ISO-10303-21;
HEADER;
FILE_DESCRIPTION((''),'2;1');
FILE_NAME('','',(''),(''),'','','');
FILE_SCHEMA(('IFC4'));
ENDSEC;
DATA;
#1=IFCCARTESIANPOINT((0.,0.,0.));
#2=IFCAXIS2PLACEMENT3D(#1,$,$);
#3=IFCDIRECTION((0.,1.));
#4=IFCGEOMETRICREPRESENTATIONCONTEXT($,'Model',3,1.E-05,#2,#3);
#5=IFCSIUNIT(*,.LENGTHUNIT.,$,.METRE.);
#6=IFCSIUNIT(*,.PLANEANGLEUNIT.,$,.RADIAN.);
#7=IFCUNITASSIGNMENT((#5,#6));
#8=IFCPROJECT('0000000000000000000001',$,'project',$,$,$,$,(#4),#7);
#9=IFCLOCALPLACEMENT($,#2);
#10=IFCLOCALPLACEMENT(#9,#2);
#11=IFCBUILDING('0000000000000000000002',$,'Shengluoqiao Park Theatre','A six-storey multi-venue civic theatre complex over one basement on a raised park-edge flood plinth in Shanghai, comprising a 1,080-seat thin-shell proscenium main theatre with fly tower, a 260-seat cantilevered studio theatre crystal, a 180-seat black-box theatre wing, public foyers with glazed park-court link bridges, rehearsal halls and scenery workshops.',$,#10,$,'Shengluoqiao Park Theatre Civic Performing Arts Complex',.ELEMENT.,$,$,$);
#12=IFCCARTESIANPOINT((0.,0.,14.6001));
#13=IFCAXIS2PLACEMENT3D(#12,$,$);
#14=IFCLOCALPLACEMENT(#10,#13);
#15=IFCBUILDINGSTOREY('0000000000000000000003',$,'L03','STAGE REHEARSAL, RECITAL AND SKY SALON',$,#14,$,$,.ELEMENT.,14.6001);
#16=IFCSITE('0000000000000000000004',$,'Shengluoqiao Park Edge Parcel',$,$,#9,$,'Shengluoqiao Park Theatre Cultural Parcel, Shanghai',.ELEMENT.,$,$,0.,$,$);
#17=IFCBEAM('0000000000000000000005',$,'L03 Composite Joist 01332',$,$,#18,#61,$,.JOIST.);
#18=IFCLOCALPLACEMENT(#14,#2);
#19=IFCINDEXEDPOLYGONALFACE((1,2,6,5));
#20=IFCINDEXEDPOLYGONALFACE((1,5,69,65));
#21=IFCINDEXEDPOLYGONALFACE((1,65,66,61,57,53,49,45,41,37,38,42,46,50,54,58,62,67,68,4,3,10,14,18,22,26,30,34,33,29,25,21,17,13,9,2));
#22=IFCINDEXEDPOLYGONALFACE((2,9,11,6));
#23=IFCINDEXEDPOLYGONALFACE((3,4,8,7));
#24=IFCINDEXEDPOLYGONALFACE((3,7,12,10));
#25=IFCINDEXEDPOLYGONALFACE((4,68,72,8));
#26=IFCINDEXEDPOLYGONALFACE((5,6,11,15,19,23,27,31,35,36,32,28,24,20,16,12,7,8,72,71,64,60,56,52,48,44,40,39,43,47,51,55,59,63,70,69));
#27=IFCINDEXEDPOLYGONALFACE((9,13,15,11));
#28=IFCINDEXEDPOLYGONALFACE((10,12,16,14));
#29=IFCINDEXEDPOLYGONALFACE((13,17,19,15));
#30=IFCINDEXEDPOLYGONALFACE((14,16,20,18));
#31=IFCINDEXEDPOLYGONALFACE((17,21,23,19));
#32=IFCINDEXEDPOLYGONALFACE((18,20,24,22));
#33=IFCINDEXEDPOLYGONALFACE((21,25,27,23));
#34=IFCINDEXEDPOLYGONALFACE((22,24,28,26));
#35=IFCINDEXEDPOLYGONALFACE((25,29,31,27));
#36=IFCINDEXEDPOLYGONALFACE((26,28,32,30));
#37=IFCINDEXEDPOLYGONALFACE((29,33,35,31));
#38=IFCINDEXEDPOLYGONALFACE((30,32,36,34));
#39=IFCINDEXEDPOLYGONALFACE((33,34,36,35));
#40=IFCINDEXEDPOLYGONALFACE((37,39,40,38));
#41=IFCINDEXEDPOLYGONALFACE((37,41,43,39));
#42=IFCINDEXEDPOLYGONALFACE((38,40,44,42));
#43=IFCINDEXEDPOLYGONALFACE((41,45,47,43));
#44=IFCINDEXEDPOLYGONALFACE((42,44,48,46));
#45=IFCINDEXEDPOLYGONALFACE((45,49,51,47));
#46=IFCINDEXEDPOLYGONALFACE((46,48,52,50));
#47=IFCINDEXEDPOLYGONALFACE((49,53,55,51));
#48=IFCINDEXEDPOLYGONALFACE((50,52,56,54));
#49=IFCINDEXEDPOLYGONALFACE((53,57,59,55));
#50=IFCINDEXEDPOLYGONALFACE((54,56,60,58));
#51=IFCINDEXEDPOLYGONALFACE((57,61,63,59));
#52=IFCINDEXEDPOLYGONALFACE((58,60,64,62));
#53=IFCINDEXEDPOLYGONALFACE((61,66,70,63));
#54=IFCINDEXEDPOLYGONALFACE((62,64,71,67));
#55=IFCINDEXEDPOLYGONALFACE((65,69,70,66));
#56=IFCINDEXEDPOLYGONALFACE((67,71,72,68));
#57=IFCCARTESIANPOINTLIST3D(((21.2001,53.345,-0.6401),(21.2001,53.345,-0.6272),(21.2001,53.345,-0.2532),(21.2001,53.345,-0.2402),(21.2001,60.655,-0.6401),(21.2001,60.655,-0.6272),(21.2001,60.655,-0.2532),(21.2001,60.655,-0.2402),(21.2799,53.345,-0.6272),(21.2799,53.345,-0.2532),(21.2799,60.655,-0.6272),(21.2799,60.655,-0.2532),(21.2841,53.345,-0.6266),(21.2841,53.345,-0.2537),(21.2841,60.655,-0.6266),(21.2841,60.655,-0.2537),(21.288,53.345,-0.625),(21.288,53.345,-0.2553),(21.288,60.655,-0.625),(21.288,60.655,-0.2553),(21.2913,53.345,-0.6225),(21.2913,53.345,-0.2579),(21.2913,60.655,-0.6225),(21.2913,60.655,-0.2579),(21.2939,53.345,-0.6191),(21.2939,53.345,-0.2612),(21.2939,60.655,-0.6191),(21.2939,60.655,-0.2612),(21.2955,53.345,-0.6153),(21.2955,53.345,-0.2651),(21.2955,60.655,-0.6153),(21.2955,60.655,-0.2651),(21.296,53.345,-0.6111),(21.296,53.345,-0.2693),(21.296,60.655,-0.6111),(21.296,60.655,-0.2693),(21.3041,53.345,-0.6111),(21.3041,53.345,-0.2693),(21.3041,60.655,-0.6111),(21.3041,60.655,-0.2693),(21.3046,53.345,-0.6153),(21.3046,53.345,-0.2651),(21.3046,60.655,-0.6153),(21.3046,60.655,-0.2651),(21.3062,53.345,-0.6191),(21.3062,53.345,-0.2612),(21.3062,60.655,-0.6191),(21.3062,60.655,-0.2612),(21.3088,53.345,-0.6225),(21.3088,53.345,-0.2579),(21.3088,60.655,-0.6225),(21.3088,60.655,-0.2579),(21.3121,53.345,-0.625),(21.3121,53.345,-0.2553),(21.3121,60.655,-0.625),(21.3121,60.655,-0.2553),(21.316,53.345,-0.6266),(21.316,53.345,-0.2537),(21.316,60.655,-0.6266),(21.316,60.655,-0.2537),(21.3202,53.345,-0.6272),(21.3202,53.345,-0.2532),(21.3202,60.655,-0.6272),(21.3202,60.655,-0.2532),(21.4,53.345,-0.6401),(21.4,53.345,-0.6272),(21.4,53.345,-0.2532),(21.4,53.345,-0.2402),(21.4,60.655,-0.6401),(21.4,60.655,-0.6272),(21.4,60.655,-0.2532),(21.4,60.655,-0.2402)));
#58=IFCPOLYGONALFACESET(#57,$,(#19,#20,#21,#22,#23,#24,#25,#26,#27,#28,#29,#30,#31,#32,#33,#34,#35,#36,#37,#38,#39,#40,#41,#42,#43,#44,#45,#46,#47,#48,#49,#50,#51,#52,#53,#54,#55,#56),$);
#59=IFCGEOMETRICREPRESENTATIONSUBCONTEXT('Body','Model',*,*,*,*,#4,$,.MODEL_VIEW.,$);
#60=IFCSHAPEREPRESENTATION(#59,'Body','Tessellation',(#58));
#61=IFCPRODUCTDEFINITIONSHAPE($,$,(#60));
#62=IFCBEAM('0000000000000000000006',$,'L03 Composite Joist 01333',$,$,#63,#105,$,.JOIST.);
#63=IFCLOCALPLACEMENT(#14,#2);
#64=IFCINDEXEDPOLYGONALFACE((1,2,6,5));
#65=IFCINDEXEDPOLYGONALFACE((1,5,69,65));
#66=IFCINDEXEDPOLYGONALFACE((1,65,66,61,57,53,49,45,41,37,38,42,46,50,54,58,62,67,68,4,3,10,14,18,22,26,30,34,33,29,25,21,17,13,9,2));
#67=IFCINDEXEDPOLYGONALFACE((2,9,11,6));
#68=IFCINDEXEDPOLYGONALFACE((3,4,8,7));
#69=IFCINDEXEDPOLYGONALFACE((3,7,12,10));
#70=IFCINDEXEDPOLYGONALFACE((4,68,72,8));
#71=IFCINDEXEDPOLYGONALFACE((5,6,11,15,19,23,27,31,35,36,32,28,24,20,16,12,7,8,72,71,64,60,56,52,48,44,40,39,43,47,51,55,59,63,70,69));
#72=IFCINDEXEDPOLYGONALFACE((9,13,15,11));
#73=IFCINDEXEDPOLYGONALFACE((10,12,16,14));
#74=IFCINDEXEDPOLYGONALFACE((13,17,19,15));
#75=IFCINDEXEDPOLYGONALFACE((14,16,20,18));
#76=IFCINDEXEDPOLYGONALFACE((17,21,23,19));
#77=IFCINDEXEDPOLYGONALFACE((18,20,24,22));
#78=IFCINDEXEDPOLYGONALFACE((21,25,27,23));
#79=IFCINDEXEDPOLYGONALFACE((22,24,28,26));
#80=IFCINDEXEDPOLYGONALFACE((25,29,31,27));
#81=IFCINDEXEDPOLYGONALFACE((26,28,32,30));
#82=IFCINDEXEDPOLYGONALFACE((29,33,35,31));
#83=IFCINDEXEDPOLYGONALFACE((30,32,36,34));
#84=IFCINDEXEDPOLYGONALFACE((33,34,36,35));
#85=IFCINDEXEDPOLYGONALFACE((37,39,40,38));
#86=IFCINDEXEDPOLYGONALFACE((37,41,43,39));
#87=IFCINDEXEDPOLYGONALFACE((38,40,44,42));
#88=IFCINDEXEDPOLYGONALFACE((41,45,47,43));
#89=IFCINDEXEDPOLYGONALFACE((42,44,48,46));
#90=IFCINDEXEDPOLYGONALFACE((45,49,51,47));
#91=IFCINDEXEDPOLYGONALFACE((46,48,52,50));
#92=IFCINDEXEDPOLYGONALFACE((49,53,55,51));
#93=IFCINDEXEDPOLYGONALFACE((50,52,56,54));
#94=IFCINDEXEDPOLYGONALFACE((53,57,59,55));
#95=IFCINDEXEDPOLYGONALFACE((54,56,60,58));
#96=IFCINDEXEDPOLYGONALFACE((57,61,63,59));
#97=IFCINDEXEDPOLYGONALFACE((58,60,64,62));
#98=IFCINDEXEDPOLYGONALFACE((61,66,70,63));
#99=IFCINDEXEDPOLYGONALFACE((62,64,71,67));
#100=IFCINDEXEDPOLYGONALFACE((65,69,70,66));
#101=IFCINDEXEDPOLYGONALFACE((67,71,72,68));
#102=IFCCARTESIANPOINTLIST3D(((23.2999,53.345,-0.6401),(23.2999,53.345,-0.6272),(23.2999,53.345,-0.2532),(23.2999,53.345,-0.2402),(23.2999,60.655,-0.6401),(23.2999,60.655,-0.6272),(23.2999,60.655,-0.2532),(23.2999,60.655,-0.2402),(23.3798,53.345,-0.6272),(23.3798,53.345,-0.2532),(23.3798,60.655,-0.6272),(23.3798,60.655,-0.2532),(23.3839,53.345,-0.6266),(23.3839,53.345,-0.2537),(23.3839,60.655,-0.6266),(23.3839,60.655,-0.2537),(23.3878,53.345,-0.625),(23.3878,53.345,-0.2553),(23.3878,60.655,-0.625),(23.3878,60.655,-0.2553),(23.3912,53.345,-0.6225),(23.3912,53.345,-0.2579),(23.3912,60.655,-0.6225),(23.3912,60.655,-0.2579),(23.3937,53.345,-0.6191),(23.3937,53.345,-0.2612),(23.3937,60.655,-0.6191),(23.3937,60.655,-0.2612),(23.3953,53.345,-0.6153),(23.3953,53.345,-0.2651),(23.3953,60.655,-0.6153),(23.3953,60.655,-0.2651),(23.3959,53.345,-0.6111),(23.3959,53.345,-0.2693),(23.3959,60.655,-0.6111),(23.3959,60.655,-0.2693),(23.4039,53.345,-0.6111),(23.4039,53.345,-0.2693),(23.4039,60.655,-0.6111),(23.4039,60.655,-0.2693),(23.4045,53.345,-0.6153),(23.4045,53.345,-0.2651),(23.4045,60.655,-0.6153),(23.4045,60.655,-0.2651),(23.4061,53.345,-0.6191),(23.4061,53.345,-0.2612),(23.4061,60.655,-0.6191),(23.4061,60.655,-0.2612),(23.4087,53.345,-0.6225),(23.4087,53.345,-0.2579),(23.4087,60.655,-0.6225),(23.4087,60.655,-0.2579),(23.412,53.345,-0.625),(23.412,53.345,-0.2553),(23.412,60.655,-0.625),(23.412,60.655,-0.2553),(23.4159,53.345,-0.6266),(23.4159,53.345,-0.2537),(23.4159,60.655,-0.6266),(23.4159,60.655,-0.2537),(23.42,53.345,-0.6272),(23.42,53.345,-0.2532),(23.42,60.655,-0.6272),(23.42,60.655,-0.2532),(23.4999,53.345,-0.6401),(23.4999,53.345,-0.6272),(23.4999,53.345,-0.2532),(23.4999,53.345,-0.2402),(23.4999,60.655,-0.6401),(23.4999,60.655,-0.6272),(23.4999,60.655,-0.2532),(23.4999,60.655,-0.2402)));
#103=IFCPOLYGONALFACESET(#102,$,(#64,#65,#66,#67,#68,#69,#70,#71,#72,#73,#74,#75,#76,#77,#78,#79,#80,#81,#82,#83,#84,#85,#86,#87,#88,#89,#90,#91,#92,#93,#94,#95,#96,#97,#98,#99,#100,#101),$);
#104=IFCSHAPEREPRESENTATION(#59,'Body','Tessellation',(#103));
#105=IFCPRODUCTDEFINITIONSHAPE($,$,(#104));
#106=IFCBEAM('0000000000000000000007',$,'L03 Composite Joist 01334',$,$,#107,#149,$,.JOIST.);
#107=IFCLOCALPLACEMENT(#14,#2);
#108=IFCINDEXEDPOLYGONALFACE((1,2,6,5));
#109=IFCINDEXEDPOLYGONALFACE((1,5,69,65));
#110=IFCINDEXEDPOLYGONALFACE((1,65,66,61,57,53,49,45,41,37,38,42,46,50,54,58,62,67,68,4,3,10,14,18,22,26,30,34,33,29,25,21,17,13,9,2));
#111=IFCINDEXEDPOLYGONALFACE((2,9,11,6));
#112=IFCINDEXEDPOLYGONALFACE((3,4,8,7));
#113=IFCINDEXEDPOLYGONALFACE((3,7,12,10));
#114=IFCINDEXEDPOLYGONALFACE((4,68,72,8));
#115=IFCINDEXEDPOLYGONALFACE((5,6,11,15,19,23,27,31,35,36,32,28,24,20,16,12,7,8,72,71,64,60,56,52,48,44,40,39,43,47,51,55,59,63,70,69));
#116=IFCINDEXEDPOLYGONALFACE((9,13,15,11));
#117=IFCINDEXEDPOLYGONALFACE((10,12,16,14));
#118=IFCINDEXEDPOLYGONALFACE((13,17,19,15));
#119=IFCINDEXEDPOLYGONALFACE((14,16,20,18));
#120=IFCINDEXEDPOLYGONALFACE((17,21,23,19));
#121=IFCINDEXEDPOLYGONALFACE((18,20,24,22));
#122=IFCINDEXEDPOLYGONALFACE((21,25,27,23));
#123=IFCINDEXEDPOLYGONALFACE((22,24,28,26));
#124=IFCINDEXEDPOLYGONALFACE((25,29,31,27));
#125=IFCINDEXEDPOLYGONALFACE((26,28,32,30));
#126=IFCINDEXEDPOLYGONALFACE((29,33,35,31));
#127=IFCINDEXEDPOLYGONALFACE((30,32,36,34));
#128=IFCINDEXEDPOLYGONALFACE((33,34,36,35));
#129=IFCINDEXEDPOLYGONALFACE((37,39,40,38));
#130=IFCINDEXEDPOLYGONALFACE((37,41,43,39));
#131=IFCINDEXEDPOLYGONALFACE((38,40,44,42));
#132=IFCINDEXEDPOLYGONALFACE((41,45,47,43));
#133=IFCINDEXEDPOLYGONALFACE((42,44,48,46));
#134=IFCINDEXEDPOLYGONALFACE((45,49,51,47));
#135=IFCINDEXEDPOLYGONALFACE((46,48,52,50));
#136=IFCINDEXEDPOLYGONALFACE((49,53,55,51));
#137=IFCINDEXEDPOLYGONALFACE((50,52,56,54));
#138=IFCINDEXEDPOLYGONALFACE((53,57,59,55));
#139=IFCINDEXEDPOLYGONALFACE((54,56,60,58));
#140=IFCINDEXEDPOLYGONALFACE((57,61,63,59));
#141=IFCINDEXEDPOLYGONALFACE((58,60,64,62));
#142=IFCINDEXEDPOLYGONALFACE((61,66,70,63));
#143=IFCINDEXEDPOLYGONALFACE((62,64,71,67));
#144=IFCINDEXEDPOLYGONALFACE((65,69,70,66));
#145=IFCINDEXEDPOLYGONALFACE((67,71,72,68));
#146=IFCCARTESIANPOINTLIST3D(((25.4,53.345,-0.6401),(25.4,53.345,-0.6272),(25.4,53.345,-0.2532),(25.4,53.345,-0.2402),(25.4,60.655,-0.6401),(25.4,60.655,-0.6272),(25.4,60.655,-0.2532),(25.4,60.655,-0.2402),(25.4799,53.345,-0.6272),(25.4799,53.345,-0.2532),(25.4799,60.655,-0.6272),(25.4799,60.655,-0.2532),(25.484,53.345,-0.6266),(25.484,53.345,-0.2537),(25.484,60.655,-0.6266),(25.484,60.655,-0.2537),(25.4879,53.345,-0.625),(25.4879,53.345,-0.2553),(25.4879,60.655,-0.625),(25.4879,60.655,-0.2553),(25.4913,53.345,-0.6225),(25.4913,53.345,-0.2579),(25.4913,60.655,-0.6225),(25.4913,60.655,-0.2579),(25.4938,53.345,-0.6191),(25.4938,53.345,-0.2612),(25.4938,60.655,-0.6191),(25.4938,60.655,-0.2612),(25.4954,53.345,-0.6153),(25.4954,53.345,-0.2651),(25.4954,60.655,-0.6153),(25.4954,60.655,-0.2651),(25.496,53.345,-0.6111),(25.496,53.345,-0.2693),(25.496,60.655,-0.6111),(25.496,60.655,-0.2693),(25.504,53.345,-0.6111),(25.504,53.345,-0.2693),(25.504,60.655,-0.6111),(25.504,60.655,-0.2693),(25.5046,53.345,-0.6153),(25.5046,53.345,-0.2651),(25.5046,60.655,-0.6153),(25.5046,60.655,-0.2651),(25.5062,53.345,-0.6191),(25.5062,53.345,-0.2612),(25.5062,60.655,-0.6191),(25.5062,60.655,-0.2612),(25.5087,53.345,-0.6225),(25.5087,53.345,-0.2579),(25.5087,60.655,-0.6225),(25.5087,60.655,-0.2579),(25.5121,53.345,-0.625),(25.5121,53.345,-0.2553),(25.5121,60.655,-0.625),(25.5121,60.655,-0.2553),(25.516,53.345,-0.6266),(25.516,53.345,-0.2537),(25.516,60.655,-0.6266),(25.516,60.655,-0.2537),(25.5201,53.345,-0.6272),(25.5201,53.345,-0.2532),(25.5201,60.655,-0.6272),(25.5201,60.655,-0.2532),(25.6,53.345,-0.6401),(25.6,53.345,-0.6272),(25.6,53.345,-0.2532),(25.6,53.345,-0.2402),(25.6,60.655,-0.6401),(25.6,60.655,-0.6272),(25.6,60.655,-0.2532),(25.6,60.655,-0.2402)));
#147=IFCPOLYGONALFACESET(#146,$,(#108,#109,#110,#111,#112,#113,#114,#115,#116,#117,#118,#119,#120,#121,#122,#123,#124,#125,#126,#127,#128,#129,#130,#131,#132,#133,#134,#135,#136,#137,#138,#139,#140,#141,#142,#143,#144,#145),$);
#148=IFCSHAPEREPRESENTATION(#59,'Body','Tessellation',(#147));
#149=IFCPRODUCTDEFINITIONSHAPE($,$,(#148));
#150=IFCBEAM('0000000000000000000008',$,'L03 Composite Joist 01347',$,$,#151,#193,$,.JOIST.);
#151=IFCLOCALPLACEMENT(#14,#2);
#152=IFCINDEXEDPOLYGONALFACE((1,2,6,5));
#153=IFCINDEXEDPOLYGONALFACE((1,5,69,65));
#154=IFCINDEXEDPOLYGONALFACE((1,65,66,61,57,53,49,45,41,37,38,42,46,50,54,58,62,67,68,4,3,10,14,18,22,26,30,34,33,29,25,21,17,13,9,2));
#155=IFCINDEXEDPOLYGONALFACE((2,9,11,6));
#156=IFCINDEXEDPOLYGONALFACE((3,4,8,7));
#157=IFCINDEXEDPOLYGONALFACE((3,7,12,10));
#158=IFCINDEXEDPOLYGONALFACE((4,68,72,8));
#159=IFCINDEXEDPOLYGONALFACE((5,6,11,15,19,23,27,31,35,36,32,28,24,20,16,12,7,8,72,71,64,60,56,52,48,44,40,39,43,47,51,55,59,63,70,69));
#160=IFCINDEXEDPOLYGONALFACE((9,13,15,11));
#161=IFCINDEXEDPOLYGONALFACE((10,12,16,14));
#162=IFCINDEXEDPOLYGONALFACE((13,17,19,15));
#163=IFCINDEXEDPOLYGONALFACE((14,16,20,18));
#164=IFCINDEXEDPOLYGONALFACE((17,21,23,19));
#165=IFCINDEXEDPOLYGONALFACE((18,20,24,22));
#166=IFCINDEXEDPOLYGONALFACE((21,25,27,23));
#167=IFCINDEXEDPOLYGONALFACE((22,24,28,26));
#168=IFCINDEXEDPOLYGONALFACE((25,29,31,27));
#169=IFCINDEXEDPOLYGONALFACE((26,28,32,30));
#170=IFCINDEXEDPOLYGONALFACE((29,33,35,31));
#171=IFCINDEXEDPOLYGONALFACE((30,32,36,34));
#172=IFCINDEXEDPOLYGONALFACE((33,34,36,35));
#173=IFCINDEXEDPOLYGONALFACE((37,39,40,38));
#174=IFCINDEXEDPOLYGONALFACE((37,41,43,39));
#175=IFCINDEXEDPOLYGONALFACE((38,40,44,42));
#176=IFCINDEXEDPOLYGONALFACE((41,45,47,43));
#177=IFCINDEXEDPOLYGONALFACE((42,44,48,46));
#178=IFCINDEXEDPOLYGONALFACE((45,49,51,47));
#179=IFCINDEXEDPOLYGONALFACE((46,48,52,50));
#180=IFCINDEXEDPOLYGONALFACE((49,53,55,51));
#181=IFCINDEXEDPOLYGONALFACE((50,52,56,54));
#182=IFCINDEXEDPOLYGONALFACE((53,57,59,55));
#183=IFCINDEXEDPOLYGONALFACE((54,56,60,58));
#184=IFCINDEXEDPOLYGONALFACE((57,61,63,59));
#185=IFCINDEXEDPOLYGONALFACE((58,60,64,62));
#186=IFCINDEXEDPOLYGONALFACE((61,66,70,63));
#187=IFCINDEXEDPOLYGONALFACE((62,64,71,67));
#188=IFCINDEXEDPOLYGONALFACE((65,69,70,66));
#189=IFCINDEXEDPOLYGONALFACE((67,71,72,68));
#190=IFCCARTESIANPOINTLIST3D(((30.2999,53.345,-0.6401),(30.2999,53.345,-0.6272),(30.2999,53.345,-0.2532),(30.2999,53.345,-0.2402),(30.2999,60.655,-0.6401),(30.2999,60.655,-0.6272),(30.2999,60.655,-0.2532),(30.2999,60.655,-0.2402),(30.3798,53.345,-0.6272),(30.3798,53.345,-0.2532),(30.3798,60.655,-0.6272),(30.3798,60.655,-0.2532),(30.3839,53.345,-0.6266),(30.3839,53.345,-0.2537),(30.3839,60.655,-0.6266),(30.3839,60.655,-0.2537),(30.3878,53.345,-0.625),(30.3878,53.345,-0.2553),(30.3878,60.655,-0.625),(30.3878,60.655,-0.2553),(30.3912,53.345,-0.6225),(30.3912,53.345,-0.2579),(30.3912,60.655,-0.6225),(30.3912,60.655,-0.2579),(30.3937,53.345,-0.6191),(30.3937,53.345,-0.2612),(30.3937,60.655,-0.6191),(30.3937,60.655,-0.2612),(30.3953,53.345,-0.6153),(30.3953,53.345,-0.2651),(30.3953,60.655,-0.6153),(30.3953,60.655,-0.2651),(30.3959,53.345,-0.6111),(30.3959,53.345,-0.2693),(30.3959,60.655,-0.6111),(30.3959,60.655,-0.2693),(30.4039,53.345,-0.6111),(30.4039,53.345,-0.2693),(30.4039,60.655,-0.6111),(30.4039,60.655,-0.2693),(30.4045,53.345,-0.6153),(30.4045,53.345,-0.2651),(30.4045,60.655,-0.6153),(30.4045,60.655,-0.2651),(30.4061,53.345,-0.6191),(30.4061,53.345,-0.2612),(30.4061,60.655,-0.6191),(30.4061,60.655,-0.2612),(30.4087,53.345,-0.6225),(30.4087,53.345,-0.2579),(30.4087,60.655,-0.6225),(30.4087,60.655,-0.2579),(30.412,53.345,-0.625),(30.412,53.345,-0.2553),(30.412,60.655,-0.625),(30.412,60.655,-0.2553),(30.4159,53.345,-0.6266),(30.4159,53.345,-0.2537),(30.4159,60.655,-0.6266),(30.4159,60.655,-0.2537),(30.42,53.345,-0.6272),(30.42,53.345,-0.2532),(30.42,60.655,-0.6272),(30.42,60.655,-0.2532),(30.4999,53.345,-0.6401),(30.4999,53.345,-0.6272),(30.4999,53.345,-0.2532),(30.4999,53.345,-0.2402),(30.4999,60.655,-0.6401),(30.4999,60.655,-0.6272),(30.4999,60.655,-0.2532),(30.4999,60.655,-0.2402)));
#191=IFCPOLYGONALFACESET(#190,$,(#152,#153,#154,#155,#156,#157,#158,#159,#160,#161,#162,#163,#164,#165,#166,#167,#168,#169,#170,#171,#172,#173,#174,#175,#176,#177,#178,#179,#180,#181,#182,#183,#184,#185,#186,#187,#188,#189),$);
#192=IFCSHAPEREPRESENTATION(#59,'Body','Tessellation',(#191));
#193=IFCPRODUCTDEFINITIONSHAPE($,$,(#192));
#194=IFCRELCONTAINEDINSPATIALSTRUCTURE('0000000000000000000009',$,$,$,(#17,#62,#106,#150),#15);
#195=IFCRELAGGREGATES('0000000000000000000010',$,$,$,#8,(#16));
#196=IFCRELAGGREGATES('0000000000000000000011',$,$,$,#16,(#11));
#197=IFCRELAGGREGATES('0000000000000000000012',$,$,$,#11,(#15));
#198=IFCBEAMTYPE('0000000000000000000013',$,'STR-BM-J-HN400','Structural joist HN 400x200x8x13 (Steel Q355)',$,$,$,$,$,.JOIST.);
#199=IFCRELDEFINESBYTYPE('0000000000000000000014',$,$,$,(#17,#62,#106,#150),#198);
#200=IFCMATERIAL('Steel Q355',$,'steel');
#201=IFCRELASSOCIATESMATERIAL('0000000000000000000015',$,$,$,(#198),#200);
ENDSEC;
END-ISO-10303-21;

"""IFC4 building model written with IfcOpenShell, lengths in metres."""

from ifc_helpers import new_model, si_unit, direction, frame, origin, origin_2d, place, context, subcontext, project, spatial, i_section, extrude, material, material_profile, profile_set, type_object, element, save


model = new_model("IFC4")

# Units and contexts
model_context = context("Model", 3, precision=1e-05, world=origin(), true_north=direction((0.0, 1.0)))
body_context = subcontext(model_context, "Body", "Model", "MODEL_VIEW")
ifc_project = project(units=[si_unit("LENGTHUNIT", "METRE"), si_unit("PLANEANGLEUNIT", "RADIAN")], contexts=[model_context])

# Site, building, storey
site_placement = place(None, origin())
site = spatial("IfcSite", under=ifc_project, at=site_placement, Name="Shengluoqiao Park Edge Parcel", LongName="Shengluoqiao Park Theatre Cultural Parcel, Shanghai", CompositionType="ELEMENT", RefElevation=0.0)
building_placement = place(site_placement, origin())
building = spatial("IfcBuilding", under=site, at=building_placement, Name="Shengluoqiao Park Theatre", Description="A six-storey multi-venue civic theatre complex over one basement on a raised park-edge flood plinth in Shanghai, comprising a 1,080-seat thin-shell proscenium main theatre with fly tower, a 260-seat cantilevered studio theatre crystal, a 180-seat black-box theatre wing, public foyers with glazed park-court link bridges, rehearsal halls and scenery workshops.", LongName="Shengluoqiao Park Theatre Civic Performing Arts Complex", CompositionType="ELEMENT")
storey_placement = place(building_placement, frame((0.0, 0.0, 14.6001)))
storey = spatial("IfcBuildingStorey", under=building, at=storey_placement, Name="L03", Description="STAGE REHEARSAL, RECITAL AND SKY SALON", CompositionType="ELEMENT", Elevation=14.6001)

# Beams
ifc_material_1 = material(Name="Steel Q355", Category="steel")
ifc_material_profile_1 = material_profile(ifc_material_1, i_section(OverallWidth=0.2, OverallDepth=0.3999, WebThickness=0.0081, FlangeThickness=0.0129, FilletRadius=0.0161, at=origin_2d()), Name="HN 400x200x8x13")
ifc_profile_set_1 = profile_set([ifc_material_profile_1], Name="Steel Q355")
beam_type_1 = type_object("IfcBeamType", Name="STR-BM-J-HN400", Description="Structural joist HN 400x200x8x13 (Steel Q355)", PredefinedType="JOIST", material=ifc_profile_set_1)
for number, where, z_axis, x_axis, name in (
    (1, (21.3, 53.345, -0.4402), (0.0, 1.0, 0.0), (-1.0, 0.0, 0.0), "L03 Composite Joist 01332"),
    (2, (23.3999, 53.345, -0.4402), (0.0, 1.0, 0.0), (-1.0, 0.0, 0.0), "L03 Composite Joist 01333"),
    (3, (25.5, 53.345, -0.4402), (0.0, 1.0, 0.0), (-1.0, 0.0, 0.0), "L03 Composite Joist 01334"),
    (4, (30.3999, 53.345, -0.4402), (0.0, 1.0, 0.0), (-1.0, 0.0, 0.0), "L03 Composite Joist 01347"),
):
    element("IfcBeam", number, at=place(storey_placement, frame(where, z_axis=z_axis, x_axis=x_axis)), inside=storey, type_object=beam_type_1, Name=name, PredefinedType="JOIST", context=body_context, shape_type="SweptSolid", body=[
        extrude(i_section(OverallWidth=0.2, OverallDepth=0.3999, WebThickness=0.0081, FlangeThickness=0.0129, FilletRadius=0.0161, at=origin_2d()), origin(), (0.0, 0.0, 1.0), 7.3101),
    ])

save(model, "model.ifc")
